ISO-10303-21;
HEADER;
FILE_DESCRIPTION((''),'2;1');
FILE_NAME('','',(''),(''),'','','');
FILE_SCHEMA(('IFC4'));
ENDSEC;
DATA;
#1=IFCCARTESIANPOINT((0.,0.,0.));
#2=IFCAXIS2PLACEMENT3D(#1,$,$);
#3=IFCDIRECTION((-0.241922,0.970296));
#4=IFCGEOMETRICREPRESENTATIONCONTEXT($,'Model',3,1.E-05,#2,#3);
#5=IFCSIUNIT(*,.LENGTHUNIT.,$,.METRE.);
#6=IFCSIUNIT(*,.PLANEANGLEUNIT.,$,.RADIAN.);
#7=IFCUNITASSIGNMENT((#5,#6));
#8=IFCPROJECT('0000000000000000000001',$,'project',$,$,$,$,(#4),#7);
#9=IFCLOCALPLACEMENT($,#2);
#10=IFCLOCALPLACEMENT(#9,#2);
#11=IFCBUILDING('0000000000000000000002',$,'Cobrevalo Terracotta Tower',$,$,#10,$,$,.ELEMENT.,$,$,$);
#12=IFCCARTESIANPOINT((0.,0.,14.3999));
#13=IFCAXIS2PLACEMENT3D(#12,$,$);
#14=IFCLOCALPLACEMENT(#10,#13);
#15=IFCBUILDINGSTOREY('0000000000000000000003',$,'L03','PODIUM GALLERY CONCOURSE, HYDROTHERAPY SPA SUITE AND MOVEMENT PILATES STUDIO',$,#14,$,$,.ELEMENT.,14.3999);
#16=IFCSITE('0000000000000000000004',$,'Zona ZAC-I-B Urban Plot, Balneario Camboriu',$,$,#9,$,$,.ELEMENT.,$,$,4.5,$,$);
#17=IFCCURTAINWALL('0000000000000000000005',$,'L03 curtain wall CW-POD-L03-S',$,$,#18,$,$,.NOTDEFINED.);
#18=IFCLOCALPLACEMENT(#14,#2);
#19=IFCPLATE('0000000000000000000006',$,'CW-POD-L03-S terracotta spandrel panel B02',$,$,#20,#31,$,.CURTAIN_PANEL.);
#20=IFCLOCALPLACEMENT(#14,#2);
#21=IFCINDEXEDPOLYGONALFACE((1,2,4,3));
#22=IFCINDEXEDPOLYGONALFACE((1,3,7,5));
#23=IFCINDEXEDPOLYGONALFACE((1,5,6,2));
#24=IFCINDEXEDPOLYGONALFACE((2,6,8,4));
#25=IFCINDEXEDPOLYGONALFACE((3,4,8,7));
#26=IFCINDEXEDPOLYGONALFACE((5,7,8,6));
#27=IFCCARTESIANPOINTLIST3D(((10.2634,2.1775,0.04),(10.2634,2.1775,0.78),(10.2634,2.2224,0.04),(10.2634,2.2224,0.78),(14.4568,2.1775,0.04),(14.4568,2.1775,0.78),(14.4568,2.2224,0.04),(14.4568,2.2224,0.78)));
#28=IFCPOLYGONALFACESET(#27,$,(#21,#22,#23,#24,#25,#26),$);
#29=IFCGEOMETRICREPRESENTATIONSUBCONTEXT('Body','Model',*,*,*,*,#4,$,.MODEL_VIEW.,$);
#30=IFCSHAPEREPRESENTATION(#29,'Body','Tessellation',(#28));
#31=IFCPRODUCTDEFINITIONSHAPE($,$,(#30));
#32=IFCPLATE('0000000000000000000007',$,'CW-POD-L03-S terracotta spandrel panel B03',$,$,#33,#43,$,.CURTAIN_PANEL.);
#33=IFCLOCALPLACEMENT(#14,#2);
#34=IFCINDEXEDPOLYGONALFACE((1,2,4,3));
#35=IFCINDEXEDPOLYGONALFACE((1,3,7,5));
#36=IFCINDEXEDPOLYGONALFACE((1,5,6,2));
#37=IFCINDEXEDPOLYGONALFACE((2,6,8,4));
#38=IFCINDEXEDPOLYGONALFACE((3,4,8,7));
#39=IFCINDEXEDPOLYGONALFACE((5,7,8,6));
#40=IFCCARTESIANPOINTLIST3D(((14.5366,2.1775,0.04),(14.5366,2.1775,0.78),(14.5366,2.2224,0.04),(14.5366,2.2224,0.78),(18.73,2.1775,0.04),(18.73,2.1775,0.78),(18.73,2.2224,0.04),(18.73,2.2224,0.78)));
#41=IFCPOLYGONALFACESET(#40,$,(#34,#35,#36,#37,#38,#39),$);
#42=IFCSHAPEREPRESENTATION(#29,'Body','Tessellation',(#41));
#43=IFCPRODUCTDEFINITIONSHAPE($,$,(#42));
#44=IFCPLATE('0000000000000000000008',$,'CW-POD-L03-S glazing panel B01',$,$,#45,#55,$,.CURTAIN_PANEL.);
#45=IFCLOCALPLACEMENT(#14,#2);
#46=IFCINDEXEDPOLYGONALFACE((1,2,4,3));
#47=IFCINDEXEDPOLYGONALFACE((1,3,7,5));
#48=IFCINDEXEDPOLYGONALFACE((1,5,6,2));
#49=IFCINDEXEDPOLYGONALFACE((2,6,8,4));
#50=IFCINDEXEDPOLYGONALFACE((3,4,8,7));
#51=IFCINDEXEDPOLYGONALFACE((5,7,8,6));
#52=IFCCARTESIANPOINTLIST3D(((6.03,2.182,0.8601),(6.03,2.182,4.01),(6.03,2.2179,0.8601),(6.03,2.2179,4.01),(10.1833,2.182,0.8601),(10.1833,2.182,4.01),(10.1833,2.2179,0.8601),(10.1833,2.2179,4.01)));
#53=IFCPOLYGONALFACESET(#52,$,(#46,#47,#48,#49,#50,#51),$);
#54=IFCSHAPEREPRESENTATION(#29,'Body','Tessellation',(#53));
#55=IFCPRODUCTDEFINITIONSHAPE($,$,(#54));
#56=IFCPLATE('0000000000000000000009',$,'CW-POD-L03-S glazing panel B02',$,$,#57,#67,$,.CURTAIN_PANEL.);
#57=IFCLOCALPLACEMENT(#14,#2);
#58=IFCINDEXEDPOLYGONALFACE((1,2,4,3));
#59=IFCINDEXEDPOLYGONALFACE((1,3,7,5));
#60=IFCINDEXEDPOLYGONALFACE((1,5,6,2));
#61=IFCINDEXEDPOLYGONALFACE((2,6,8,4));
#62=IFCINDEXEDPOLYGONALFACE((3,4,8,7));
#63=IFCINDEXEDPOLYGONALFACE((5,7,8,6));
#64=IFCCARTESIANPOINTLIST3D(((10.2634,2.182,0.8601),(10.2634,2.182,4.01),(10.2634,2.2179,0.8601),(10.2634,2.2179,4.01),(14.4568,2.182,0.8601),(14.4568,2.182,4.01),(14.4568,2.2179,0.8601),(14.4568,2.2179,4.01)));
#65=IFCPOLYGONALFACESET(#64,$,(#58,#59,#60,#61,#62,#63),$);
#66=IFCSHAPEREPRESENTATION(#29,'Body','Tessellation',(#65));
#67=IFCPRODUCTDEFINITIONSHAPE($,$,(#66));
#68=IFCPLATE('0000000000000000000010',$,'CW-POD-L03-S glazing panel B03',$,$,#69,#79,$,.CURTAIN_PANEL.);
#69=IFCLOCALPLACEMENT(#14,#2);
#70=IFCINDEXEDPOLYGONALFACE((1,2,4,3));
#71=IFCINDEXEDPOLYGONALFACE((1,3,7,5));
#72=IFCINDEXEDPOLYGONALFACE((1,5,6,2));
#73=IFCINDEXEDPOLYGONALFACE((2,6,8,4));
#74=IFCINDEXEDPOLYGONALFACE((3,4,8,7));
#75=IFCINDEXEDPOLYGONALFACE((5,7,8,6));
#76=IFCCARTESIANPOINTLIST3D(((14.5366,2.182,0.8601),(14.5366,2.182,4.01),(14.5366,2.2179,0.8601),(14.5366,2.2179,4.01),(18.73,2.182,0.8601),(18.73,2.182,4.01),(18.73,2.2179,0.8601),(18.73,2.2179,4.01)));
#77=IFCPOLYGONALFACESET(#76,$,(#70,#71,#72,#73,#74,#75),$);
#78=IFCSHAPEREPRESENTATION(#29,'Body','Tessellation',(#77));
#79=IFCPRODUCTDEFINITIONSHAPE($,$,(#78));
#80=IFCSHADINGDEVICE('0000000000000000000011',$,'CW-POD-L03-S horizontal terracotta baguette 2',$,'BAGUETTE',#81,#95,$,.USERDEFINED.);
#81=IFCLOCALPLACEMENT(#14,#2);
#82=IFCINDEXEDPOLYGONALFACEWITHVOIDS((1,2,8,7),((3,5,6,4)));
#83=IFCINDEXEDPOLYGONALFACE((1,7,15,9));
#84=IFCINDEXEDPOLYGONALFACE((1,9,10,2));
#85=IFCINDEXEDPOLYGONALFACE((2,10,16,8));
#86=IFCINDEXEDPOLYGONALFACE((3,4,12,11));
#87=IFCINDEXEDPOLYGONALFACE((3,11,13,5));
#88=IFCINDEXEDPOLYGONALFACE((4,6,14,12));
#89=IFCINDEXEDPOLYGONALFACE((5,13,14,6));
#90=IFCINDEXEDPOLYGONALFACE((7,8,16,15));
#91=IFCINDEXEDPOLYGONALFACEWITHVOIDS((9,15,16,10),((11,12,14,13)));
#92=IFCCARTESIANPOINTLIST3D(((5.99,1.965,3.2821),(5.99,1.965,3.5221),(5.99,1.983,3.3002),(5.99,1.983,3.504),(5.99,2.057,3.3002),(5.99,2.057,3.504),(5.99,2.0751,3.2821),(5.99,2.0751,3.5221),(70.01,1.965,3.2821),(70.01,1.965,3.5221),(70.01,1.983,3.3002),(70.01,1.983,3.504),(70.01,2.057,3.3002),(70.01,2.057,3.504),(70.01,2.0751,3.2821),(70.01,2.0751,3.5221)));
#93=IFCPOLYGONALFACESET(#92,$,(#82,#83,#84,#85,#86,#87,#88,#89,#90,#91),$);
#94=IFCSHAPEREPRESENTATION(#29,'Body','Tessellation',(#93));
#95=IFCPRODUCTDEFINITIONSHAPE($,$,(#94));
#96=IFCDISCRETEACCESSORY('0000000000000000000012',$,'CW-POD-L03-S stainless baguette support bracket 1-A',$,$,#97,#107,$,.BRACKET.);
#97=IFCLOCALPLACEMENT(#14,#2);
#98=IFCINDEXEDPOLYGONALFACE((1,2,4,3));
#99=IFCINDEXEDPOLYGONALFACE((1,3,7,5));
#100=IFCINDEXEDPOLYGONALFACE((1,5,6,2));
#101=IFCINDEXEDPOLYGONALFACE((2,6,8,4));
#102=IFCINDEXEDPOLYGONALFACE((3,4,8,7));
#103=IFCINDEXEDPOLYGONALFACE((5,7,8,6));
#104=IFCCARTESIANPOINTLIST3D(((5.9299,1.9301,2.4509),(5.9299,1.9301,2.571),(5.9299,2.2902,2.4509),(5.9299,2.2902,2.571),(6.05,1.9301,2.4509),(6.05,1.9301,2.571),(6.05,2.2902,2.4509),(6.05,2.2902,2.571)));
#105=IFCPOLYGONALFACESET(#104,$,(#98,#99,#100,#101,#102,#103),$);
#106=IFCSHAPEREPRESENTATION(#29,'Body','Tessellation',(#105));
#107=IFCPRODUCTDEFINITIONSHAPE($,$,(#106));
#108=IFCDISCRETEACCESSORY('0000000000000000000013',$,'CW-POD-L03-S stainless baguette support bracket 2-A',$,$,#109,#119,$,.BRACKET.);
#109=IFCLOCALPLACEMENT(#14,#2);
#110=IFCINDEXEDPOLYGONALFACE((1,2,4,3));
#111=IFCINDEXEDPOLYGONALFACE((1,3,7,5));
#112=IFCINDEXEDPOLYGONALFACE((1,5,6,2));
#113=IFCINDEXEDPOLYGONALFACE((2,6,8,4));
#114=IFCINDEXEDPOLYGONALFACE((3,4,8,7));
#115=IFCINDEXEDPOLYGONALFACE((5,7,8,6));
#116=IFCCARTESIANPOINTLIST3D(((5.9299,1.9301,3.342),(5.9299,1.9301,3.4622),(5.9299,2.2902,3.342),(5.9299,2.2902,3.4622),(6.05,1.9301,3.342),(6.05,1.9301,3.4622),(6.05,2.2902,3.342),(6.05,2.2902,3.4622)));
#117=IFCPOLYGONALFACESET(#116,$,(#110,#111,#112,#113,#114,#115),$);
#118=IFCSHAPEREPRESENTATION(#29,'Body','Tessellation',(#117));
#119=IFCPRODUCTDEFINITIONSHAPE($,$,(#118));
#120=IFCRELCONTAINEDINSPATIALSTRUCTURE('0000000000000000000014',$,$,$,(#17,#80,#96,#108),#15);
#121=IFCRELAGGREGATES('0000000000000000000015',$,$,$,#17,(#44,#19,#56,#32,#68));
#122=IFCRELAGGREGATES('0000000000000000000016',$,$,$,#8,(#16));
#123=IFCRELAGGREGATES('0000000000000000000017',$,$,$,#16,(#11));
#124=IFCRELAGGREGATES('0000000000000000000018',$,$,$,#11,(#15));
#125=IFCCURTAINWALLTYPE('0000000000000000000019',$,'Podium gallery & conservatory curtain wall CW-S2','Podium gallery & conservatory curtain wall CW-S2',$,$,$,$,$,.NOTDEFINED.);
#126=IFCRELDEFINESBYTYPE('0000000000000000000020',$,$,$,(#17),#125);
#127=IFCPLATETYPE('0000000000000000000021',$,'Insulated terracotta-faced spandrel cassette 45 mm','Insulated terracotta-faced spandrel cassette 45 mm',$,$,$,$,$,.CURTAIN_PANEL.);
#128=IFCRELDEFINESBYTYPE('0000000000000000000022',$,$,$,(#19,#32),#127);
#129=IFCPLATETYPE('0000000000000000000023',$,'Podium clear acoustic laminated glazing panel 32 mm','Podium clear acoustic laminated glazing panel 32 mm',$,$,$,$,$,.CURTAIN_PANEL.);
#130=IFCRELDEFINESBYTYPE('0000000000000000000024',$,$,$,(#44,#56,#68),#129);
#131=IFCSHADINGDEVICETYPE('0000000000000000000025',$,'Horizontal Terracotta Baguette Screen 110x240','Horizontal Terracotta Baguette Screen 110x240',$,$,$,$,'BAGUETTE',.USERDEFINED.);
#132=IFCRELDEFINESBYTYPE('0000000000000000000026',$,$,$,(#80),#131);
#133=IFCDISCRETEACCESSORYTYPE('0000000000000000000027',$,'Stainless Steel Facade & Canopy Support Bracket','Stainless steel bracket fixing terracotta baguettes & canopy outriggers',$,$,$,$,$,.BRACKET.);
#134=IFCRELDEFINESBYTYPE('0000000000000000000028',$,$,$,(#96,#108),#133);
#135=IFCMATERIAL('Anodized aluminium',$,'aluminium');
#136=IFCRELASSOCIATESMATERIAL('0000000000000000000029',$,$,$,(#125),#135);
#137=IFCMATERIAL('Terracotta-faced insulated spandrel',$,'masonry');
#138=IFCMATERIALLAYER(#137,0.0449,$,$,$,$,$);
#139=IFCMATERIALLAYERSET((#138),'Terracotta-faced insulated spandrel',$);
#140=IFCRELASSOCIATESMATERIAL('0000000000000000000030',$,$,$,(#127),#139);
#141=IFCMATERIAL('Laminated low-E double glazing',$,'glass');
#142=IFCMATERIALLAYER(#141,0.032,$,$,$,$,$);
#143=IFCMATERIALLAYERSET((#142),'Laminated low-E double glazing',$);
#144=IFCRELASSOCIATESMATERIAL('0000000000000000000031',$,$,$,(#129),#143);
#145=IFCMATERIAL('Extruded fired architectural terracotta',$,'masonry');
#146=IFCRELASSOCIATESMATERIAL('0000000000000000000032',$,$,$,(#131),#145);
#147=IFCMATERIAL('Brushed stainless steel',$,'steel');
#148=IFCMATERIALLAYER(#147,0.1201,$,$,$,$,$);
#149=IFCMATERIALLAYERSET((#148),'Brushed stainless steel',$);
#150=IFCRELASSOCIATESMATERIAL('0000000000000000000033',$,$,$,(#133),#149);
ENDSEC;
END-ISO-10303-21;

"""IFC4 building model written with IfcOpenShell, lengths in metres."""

from ifc_helpers import new_model, si_unit, direction, frame, origin, origin_2d, place, context, subcontext, project, spatial, rectangle, hollow_rectangle, extrude, source, transform, mapped, material, layer, layer_set, material_profile, profile_set, type_object, element, aggregate, save


model = new_model("IFC4")

# Units and contexts
model_context = context("Model", 3, precision=1e-05, world=origin(), true_north=direction((-0.241922, 0.970296)))
body_context = subcontext(model_context, "Body", "Model", "MODEL_VIEW")
ifc_project = project(units=[si_unit("LENGTHUNIT", "METRE"), si_unit("PLANEANGLEUNIT", "RADIAN")], contexts=[model_context])

# Site, building, storey
site_placement = place(None, origin())
site = spatial("IfcSite", under=ifc_project, at=site_placement, Name="Zona ZAC-I-B Urban Plot, Balneario Camboriu", CompositionType="ELEMENT", RefElevation=4.5)
building_placement = place(site_placement, origin())
building = spatial("IfcBuilding", under=site, at=building_placement, Name="Cobrevalo Terracotta Tower", CompositionType="ELEMENT")
storey_placement = place(building_placement, frame((0.0, 0.0, 14.3999)))
storey = spatial("IfcBuildingStorey", under=building, at=storey_placement, Name="L03", Description="PODIUM GALLERY CONCOURSE, HYDROTHERAPY SPA SUITE AND MOVEMENT PILATES STUDIO", CompositionType="ELEMENT", Elevation=14.3999)

# Curtain wall, plates
ifc_material_1 = material(Name="Anodized aluminium", Category="aluminium")
curtain_wall_type = type_object("IfcCurtainWallType", Name="Podium gallery & conservatory curtain wall CW-S2", Description="Podium gallery & conservatory curtain wall CW-S2", PredefinedType="NOTDEFINED", material=ifc_material_1)
curtain_wall_placement = place(storey_placement, origin())
curtain_wall = element("IfcCurtainWall", 1, at=curtain_wall_placement, inside=storey, type_object=curtain_wall_type, Name="L03 curtain wall CW-POD-L03-S", PredefinedType="NOTDEFINED")
ifc_material_2 = material(Name="Terracotta-faced insulated spandrel", Category="masonry")
ifc_layer_1 = layer(ifc_material_2, 0.0449)
ifc_layer_set_1 = layer_set([ifc_layer_1], Name="Terracotta-faced insulated spandrel")
plate_type_1 = type_object("IfcPlateType", Name="Insulated terracotta-faced spandrel cassette 45 mm", Description="Insulated terracotta-faced spandrel cassette 45 mm", PredefinedType="CURTAIN_PANEL", material=ifc_layer_set_1)
shared_shape_1 = source(origin(), body_context, "Body", "SweptSolid", [
    extrude(rectangle(XDim=4.1934, YDim=0.0449, at=origin_2d()), origin(), (0.0, 0.0, 1.0), 0.74),
])
plate_1_placement = place(storey_placement, frame((12.3601, 2.2, 0.04), z_axis=(0.0, 0.0, 1.0), x_axis=(1.0, 0.0, 0.0)))
plate_1 = element("IfcPlate", 2, at=plate_1_placement, type_object=plate_type_1, Name="CW-POD-L03-S terracotta spandrel panel B02", PredefinedType="CURTAIN_PANEL", context=body_context, shape_type="MappedRepresentation", body=[
    mapped(shared_shape_1, transform((0.0, 0.0, 0.0), scale=1.0)),
])
plate_2_placement = place(storey_placement, frame((16.6333, 2.2, 0.04), z_axis=(0.0, 0.0, 1.0), x_axis=(1.0, 0.0, 0.0)))
plate_2 = element("IfcPlate", 3, at=plate_2_placement, type_object=plate_type_1, Name="CW-POD-L03-S terracotta spandrel panel B03", PredefinedType="CURTAIN_PANEL", context=body_context, shape_type="MappedRepresentation", body=[
    mapped(shared_shape_1, transform((0.0, 0.0, 0.0), scale=1.0)),
])
ifc_material_3 = material(Name="Laminated low-E double glazing", Category="glass")
ifc_layer_2 = layer(ifc_material_3, 0.032)
ifc_layer_set_2 = layer_set([ifc_layer_2], Name="Laminated low-E double glazing")
plate_type_2 = type_object("IfcPlateType", Name="Podium clear acoustic laminated glazing panel 32 mm", Description="Podium clear acoustic laminated glazing panel 32 mm", PredefinedType="CURTAIN_PANEL", material=ifc_layer_set_2)
shared_shape_2 = source(origin(), body_context, "Body", "SweptSolid", [
    extrude(rectangle(XDim=4.1533, YDim=0.0359, at=origin_2d()), origin(), (0.0, 0.0, 1.0), 3.1499),
])
plate_3_placement = place(storey_placement, frame((8.1067, 2.2, 0.8601), z_axis=(0.0, 0.0, 1.0), x_axis=(1.0, 0.0, 0.0)))
plate_3 = element("IfcPlate", 4, at=plate_3_placement, type_object=plate_type_2, Name="CW-POD-L03-S glazing panel B01", PredefinedType="CURTAIN_PANEL", context=body_context, shape_type="MappedRepresentation", body=[
    mapped(shared_shape_2, transform((0.0, 0.0, 0.0), scale=1.0)),
])
shared_shape_3 = source(origin(), body_context, "Body", "SweptSolid", [
    extrude(rectangle(XDim=4.1934, YDim=0.0359, at=origin_2d()), origin(), (0.0, 0.0, 1.0), 3.1499),
])
plate_4_placement = place(storey_placement, frame((12.3601, 2.2, 0.8601), z_axis=(0.0, 0.0, 1.0), x_axis=(1.0, 0.0, 0.0)))
plate_4 = element("IfcPlate", 5, at=plate_4_placement, type_object=plate_type_2, Name="CW-POD-L03-S glazing panel B02", PredefinedType="CURTAIN_PANEL", context=body_context, shape_type="MappedRepresentation", body=[
    mapped(shared_shape_3, transform((0.0, 0.0, 0.0), scale=1.0)),
])
plate_5_placement = place(storey_placement, frame((16.6333, 2.2, 0.8601), z_axis=(0.0, 0.0, 1.0), x_axis=(1.0, 0.0, 0.0)))
plate_5 = element("IfcPlate", 6, at=plate_5_placement, type_object=plate_type_2, Name="CW-POD-L03-S glazing panel B03", PredefinedType="CURTAIN_PANEL", context=body_context, shape_type="MappedRepresentation", body=[
    mapped(shared_shape_3, transform((0.0, 0.0, 0.0), scale=1.0)),
])
aggregate(curtain_wall, [plate_3, plate_1, plate_4, plate_2, plate_5])

# Shading device
ifc_material_4 = material(Name="Extruded fired architectural terracotta", Category="masonry")
ifc_material_profile_1 = material_profile(ifc_material_4, hollow_rectangle(XDim=0.1101, YDim=0.24, WallThickness=0.0181, at=origin_2d()), Name="BAGUETTE 110x240")
ifc_profile_set_1 = profile_set([ifc_material_profile_1], Name="Extruded fired architectural terracotta")
shading_device_type = type_object("IfcShadingDeviceType", Name="Horizontal Terracotta Baguette Screen 110x240", Description="Horizontal Terracotta Baguette Screen 110x240", ElementType="BAGUETTE", PredefinedType="USERDEFINED", material=ifc_profile_set_1)
shared_shape_4 = source(origin(), body_context, "Body", "SweptSolid", [
    extrude(hollow_rectangle(XDim=0.1101, YDim=0.24, WallThickness=0.0181, at=origin_2d()), origin(), (0.0, 0.0, 1.0), 64.02),
])
shading_device_placement = place(storey_placement, frame((5.99, 2.02, 3.4021), z_axis=(1.0, 0.0, 0.0), x_axis=(0.0, 1.0, 0.0)))
element("IfcShadingDevice", 7, at=shading_device_placement, inside=storey, type_object=shading_device_type, Name="CW-POD-L03-S horizontal terracotta baguette 2", ObjectType="BAGUETTE", PredefinedType="USERDEFINED", context=body_context, shape_type="MappedRepresentation", body=[
    mapped(shared_shape_4, transform((0.0, 0.0, 0.0), scale=1.0)),
])

# Discrete accessories
ifc_material_5 = material(Name="Brushed stainless steel", Category="steel")
ifc_layer_3 = layer(ifc_material_5, 0.1201)
ifc_layer_set_3 = layer_set([ifc_layer_3], Name="Brushed stainless steel")
discrete_accessory_type = type_object("IfcDiscreteAccessoryType", Name="Stainless Steel Facade & Canopy Support Bracket", Description="Stainless steel bracket fixing terracotta baguettes & canopy outriggers", PredefinedType="BRACKET", material=ifc_layer_set_3)
shared_shape_5 = source(origin(), body_context, "Body", "SweptSolid", [
    extrude(rectangle(XDim=0.1201, YDim=0.3601, at=origin_2d()), origin(), (0.0, 0.0, 1.0), 0.1201),
])
for number, where, z_axis, x_axis, name in (
    (8, (5.99, 2.1101, 2.4509), (0.0, 0.0, 1.0), (1.0, 0.0, 0.0), "CW-POD-L03-S stainless baguette support bracket 1-A"),
    (9, (5.99, 2.1101, 3.342), (0.0, 0.0, 1.0), (1.0, 0.0, 0.0), "CW-POD-L03-S stainless baguette support bracket 2-A"),
):
    element("IfcDiscreteAccessory", number, at=place(storey_placement, frame(where, z_axis=z_axis, x_axis=x_axis)), inside=storey, type_object=discrete_accessory_type, Name=name, PredefinedType="BRACKET", context=body_context, shape_type="MappedRepresentation", body=[
        mapped(shared_shape_5, transform((0.0, 0.0, 0.0), scale=1.0)),
    ])

save(model, "model.ifc")
